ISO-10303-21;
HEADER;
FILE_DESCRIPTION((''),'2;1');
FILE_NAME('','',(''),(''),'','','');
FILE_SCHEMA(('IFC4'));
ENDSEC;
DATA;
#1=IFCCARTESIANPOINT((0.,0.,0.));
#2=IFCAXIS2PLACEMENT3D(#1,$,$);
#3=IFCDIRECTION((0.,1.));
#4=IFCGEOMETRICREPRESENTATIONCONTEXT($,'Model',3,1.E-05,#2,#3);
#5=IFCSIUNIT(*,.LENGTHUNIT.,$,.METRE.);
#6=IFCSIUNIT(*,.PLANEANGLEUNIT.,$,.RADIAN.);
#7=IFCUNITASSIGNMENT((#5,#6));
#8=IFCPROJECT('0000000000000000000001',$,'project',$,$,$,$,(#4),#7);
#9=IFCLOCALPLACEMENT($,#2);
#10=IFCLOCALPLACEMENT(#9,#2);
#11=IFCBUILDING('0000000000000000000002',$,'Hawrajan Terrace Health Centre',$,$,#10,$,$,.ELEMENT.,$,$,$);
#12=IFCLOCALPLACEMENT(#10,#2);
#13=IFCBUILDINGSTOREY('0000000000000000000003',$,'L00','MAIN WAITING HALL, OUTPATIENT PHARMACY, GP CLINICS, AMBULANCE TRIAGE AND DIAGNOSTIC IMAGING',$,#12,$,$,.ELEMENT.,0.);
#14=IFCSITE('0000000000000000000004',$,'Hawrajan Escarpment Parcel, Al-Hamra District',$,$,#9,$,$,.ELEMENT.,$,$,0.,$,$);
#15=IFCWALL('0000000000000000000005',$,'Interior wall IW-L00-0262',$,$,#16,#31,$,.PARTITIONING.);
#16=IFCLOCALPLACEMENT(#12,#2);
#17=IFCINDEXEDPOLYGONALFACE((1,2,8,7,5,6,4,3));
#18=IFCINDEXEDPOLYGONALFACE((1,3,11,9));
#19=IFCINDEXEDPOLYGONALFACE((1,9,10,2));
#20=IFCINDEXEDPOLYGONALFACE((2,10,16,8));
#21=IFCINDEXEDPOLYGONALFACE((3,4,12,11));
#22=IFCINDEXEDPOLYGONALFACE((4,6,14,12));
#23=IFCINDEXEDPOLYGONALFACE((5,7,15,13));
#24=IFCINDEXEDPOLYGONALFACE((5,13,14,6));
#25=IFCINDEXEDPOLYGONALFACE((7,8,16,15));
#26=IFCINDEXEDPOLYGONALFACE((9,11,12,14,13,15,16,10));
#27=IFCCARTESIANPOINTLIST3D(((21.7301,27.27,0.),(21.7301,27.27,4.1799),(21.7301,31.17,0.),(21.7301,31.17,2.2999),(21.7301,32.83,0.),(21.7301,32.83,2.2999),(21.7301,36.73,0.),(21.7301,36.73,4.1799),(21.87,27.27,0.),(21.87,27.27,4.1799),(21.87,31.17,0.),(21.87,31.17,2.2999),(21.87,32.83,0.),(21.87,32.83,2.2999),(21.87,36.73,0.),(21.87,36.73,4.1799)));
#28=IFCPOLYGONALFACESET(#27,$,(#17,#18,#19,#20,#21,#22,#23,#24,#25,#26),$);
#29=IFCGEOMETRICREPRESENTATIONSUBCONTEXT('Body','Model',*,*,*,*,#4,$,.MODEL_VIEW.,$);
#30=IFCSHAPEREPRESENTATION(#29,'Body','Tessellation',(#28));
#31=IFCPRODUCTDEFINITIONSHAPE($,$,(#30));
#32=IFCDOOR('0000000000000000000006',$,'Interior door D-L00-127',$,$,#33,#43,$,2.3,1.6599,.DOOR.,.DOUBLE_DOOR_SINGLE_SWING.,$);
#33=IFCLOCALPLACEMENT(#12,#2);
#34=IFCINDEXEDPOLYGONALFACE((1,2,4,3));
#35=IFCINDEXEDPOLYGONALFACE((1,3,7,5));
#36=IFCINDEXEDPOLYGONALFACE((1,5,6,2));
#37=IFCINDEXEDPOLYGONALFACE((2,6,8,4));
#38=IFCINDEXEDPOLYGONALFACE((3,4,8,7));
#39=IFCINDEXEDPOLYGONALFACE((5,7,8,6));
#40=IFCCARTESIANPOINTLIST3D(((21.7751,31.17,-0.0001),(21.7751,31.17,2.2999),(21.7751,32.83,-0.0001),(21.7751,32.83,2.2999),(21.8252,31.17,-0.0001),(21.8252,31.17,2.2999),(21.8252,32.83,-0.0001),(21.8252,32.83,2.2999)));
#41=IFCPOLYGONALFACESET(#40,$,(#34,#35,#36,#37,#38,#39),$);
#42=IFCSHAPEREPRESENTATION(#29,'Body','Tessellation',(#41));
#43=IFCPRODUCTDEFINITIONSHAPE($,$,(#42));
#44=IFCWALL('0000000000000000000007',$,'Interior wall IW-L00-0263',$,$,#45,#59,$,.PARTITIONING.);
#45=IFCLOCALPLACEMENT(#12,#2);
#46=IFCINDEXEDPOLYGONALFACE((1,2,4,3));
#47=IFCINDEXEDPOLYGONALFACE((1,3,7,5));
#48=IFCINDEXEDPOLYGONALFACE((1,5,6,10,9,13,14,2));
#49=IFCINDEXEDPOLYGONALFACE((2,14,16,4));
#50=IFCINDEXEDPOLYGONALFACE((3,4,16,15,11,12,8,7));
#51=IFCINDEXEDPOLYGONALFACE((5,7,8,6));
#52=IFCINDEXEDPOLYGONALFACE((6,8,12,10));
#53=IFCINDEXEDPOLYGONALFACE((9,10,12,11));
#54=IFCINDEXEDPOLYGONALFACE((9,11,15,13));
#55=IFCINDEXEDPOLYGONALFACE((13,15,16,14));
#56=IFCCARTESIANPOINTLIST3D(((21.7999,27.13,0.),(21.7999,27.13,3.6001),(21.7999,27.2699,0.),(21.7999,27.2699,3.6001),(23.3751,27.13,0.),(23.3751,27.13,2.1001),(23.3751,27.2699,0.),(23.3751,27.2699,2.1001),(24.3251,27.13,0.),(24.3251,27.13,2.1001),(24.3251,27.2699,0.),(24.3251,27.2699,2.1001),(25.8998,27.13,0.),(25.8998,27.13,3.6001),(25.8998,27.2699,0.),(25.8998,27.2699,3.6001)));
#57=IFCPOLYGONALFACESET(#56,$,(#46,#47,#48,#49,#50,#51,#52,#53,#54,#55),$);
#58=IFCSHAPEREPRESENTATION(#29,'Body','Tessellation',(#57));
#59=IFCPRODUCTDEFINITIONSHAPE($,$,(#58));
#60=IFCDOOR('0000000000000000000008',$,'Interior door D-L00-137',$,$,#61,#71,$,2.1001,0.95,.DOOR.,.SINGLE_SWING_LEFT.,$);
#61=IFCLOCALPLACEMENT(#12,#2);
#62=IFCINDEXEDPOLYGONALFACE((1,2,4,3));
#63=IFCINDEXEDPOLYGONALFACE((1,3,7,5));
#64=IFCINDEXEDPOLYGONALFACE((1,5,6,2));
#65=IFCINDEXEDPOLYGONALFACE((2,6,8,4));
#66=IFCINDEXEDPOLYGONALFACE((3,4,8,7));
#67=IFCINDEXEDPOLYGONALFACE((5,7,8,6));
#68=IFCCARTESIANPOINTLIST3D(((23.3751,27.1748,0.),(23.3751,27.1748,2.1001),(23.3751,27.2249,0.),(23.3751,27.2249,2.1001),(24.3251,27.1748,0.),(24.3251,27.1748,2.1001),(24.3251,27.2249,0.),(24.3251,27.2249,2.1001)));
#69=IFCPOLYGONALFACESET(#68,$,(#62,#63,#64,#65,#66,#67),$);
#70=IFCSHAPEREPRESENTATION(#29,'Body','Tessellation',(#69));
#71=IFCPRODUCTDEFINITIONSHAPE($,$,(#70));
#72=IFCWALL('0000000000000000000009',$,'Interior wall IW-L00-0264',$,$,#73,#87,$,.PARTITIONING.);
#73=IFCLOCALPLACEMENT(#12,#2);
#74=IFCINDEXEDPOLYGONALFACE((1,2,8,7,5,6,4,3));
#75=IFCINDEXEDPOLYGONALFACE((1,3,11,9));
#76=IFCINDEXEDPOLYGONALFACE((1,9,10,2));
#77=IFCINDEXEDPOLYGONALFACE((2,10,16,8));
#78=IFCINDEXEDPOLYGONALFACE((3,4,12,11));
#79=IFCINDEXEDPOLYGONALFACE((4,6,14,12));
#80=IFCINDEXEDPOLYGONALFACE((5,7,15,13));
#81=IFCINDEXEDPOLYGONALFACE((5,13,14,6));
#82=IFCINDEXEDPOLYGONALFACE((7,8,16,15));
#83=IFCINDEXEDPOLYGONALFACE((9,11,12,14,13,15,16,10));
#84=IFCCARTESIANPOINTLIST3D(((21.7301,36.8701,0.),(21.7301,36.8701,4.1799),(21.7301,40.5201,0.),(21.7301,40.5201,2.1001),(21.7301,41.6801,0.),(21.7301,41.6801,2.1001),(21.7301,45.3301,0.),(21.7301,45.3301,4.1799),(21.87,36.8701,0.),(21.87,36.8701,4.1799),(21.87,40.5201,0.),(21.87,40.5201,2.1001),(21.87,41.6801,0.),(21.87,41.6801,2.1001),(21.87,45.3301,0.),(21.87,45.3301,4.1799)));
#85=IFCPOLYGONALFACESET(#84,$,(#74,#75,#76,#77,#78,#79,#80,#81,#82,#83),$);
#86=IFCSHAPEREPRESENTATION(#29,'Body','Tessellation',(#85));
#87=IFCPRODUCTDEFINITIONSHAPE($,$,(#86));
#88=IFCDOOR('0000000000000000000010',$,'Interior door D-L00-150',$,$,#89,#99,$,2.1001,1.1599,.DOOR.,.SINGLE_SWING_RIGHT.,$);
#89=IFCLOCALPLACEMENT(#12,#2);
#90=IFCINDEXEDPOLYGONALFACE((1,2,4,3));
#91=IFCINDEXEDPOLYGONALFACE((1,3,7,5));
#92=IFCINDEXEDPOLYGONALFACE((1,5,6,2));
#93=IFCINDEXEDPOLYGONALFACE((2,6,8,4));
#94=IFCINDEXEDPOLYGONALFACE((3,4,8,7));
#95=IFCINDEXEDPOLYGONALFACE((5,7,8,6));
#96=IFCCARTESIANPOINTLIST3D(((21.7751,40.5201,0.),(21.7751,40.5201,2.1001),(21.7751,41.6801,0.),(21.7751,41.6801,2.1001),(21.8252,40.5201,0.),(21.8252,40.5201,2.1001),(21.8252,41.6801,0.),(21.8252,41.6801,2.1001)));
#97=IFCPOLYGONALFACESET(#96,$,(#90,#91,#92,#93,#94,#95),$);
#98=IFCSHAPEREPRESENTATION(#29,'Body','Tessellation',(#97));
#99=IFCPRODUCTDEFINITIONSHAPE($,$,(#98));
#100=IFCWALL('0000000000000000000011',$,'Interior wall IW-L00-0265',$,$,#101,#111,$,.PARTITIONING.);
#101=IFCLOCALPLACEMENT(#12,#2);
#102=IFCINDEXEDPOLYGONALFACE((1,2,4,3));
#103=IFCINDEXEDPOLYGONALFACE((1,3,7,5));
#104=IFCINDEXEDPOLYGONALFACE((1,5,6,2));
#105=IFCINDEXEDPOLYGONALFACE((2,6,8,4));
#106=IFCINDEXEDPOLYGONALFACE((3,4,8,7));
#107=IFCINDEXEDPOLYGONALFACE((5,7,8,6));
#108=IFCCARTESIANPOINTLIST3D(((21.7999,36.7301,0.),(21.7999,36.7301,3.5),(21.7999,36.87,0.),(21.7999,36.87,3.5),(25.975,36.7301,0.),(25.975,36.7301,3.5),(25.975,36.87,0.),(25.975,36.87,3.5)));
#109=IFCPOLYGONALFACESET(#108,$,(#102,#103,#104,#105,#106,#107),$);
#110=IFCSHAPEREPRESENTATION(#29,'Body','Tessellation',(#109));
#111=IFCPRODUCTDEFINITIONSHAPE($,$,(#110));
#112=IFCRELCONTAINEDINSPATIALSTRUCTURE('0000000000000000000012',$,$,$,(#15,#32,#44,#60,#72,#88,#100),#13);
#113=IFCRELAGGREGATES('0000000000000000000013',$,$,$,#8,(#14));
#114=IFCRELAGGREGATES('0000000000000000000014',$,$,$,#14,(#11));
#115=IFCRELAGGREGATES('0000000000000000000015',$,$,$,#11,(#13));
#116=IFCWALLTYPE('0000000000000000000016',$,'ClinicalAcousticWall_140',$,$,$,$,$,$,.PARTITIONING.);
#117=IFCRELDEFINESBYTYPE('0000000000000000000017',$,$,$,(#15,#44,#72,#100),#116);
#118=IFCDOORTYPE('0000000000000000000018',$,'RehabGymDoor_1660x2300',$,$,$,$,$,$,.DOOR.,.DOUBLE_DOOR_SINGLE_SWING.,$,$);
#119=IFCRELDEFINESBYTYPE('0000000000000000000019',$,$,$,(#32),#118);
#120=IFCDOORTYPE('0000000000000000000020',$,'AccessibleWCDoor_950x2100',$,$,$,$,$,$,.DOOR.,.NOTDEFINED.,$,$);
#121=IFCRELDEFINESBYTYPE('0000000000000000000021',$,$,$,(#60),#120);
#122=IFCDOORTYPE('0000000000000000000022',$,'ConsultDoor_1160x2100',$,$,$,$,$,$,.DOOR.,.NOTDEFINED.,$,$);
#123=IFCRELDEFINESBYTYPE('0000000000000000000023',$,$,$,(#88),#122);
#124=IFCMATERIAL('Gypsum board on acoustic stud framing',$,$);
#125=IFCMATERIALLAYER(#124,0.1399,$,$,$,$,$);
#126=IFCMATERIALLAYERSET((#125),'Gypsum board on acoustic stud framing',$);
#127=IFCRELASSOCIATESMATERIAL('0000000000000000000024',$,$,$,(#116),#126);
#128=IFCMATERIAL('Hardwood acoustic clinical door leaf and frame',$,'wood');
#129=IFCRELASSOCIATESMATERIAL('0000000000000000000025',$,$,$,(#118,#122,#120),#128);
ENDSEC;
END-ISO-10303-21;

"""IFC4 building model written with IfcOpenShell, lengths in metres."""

from ifc_helpers import new_model, si_unit, direction, frame, frame_2d, origin, place, context, subcontext, project, spatial, rectangle, extrude, material, layer, layer_set, type_object, element, fill, save


model = new_model("IFC4")

# Units and contexts
model_context = context("Model", 3, precision=1e-05, world=origin(), true_north=direction((0.0, 1.0)))
body_context = subcontext(model_context, "Body", "Model", "MODEL_VIEW")
ifc_project = project(units=[si_unit("LENGTHUNIT", "METRE"), si_unit("PLANEANGLEUNIT", "RADIAN")], contexts=[model_context])

# Site, building, storey
site_placement = place(None, origin())
site = spatial("IfcSite", under=ifc_project, at=site_placement, Name="Hawrajan Escarpment Parcel, Al-Hamra District", CompositionType="ELEMENT", RefElevation=0.0)
building_placement = place(site_placement, origin())
building = spatial("IfcBuilding", under=site, at=building_placement, Name="Hawrajan Terrace Health Centre", CompositionType="ELEMENT")
storey_placement = place(building_placement, origin())
storey = spatial("IfcBuildingStorey", under=building, at=storey_placement, Name="L00", Description="MAIN WAITING HALL, OUTPATIENT PHARMACY, GP CLINICS, AMBULANCE TRIAGE AND DIAGNOSTIC IMAGING", CompositionType="ELEMENT", Elevation=0.0)

# Shared definitions
ifc_material_1 = material(Name="Gypsum board on acoustic stud framing")
ifc_layer = layer(ifc_material_1, 0.1399)
ifc_layer_set = layer_set([ifc_layer], Name="Gypsum board on acoustic stud framing")
wall_type = type_object("IfcWallType", Name="ClinicalAcousticWall_140", PredefinedType="PARTITIONING", material=ifc_layer_set)

# Shared definitions
ifc_material_2 = material(Name="Hardwood acoustic clinical door leaf and frame", Category="wood")
door_type_1 = type_object("IfcDoorType", Name="RehabGymDoor_1660x2300", OperationType="DOUBLE_DOOR_SINGLE_SWING", PredefinedType="DOOR", material=ifc_material_2)

# Walls, openings, doors
door_type_2 = type_object("IfcDoorType", Name="ConsultDoor_1160x2100", OperationType="NOTDEFINED", PredefinedType="DOOR", material=ifc_material_2)
wall_1_placement = place(storey_placement, frame((21.8, 27.27, 0.0), z_axis=(0.0, 0.0, 1.0), x_axis=(0.0, 1.0, 0.0)))
wall_1 = element("IfcWall", 1, at=wall_1_placement, inside=storey, type_object=wall_type, Name="Interior wall IW-L00-0262", PredefinedType="PARTITIONING", context=body_context, shape_type="SweptSolid", body=[
    extrude(rectangle(XDim=9.46, YDim=0.1399, at=frame_2d((4.73, 0.0))), origin(), (0.0, 0.0, 1.0), 4.1799),
])
opening_1_placement = place(wall_1_placement, frame((3.8999, 0.0, 0.0)))
opening_1 = element("IfcOpeningElement", 2, at=opening_1_placement, cuts=wall_1, PredefinedType="OPENING", context=body_context, shape_type="SweptSolid", body=[
    extrude(rectangle(XDim=1.6599, YDim=2.3, at=frame_2d((0.8301, 1.1499))), frame((0.0, 0.0798, 0.0), z_axis=(0.0, -1.0, 0.0), x_axis=(1.0, 0.0, 0.0)), (0.0, 0.0, 1.0), 0.1599),
])
door_1_placement = place(opening_1_placement, origin())
door_1 = element("IfcDoor", 3, at=door_1_placement, inside=storey, type_object=door_type_1, Name="Interior door D-L00-127", OperationType="DOUBLE_DOOR_SINGLE_SWING", OverallHeight=2.3, OverallWidth=1.6599, PredefinedType="DOOR", context=body_context, shape_type="SweptSolid", body=[
    extrude(rectangle(XDim=1.6599, YDim=2.3, at=frame_2d((0.8301, 1.1499))), frame((0.0, 0.0249, 0.0), z_axis=(0.0, -1.0, 0.0), x_axis=(1.0, 0.0, 0.0)), (0.0, 0.0, 1.0), 0.05),
])
fill(opening_1, door_1)
wall_2_placement = place(storey_placement, frame((21.8, 27.2, 0.0), z_axis=(0.0, 0.0, 1.0), x_axis=(1.0, 0.0, 0.0)))
wall_2 = element("IfcWall", 4, at=wall_2_placement, inside=storey, type_object=wall_type, Name="Interior wall IW-L00-0263", PredefinedType="PARTITIONING", context=body_context, shape_type="SweptSolid", body=[
    extrude(rectangle(XDim=4.0999, YDim=0.1399, at=frame_2d((2.0498, 0.0))), origin(), (0.0, 0.0, 1.0), 3.6001),
])
opening_2_placement = place(wall_2_placement, frame((1.575, 0.0, 0.0)))
opening_2 = element("IfcOpeningElement", 5, at=opening_2_placement, cuts=wall_2, PredefinedType="OPENING", context=body_context, shape_type="SweptSolid", body=[
    extrude(rectangle(XDim=0.95, YDim=2.1001, at=frame_2d((0.4751, 1.05))), frame((0.0, 0.0798, 0.0), z_axis=(0.0, -1.0, 0.0), x_axis=(1.0, 0.0, 0.0)), (0.0, 0.0, 1.0), 0.1599),
])
door_type_3 = type_object("IfcDoorType", Name="AccessibleWCDoor_950x2100", OperationType="NOTDEFINED", PredefinedType="DOOR", material=ifc_material_2)
door_2_placement = place(opening_2_placement, origin())
door_2 = element("IfcDoor", 6, at=door_2_placement, inside=storey, type_object=door_type_3, Name="Interior door D-L00-137", OperationType="SINGLE_SWING_LEFT", OverallHeight=2.1001, OverallWidth=0.95, PredefinedType="DOOR", context=body_context, shape_type="SweptSolid", body=[
    extrude(rectangle(XDim=0.95, YDim=2.1001, at=frame_2d((0.4751, 1.05))), frame((0.0, 0.0249, 0.0), z_axis=(0.0, -1.0, 0.0), x_axis=(1.0, 0.0, 0.0)), (0.0, 0.0, 1.0), 0.05),
])
fill(opening_2, door_2)
wall_3_placement = place(storey_placement, frame((21.8, 36.8701, 0.0), z_axis=(0.0, 0.0, 1.0), x_axis=(0.0, 1.0, 0.0)))
wall_3 = element("IfcWall", 7, at=wall_3_placement, inside=storey, type_object=wall_type, Name="Interior wall IW-L00-0264", PredefinedType="PARTITIONING", context=body_context, shape_type="SweptSolid", body=[
    extrude(rectangle(XDim=8.46, YDim=0.1399, at=frame_2d((4.23, 0.0))), origin(), (0.0, 0.0, 1.0), 4.1799),
])
opening_3_placement = place(wall_3_placement, frame((3.6499, 0.0, 0.0)))
opening_3 = element("IfcOpeningElement", 8, at=opening_3_placement, cuts=wall_3, PredefinedType="OPENING", context=body_context, shape_type="SweptSolid", body=[
    extrude(rectangle(XDim=1.1599, YDim=2.1001, at=frame_2d((0.5801, 1.05))), frame((0.0, 0.0798, 0.0), z_axis=(0.0, -1.0, 0.0), x_axis=(1.0, 0.0, 0.0)), (0.0, 0.0, 1.0), 0.1599),
])
door_3_placement = place(opening_3_placement, origin())
door_3 = element("IfcDoor", 9, at=door_3_placement, inside=storey, type_object=door_type_2, Name="Interior door D-L00-150", OperationType="SINGLE_SWING_RIGHT", OverallHeight=2.1001, OverallWidth=1.1599, PredefinedType="DOOR", context=body_context, shape_type="SweptSolid", body=[
    extrude(rectangle(XDim=1.1599, YDim=2.1001, at=frame_2d((0.5801, 1.05))), frame((0.0, 0.0249, 0.0), z_axis=(0.0, -1.0, 0.0), x_axis=(1.0, 0.0, 0.0)), (0.0, 0.0, 1.0), 0.05),
])
fill(opening_3, door_3)

# Wall
wall_4_placement = place(storey_placement, frame((21.8, 36.8, 0.0), z_axis=(0.0, 0.0, 1.0), x_axis=(1.0, 0.0, 0.0)))
element("IfcWall", 10, at=wall_4_placement, inside=storey, type_object=wall_type, Name="Interior wall IW-L00-0265", PredefinedType="PARTITIONING", context=body_context, shape_type="SweptSolid", body=[
    extrude(rectangle(XDim=4.175, YDim=0.1399, at=frame_2d((2.0874, 0.0))), origin(), (0.0, 0.0, 1.0), 3.5),
])

save(model, "model.ifc")
